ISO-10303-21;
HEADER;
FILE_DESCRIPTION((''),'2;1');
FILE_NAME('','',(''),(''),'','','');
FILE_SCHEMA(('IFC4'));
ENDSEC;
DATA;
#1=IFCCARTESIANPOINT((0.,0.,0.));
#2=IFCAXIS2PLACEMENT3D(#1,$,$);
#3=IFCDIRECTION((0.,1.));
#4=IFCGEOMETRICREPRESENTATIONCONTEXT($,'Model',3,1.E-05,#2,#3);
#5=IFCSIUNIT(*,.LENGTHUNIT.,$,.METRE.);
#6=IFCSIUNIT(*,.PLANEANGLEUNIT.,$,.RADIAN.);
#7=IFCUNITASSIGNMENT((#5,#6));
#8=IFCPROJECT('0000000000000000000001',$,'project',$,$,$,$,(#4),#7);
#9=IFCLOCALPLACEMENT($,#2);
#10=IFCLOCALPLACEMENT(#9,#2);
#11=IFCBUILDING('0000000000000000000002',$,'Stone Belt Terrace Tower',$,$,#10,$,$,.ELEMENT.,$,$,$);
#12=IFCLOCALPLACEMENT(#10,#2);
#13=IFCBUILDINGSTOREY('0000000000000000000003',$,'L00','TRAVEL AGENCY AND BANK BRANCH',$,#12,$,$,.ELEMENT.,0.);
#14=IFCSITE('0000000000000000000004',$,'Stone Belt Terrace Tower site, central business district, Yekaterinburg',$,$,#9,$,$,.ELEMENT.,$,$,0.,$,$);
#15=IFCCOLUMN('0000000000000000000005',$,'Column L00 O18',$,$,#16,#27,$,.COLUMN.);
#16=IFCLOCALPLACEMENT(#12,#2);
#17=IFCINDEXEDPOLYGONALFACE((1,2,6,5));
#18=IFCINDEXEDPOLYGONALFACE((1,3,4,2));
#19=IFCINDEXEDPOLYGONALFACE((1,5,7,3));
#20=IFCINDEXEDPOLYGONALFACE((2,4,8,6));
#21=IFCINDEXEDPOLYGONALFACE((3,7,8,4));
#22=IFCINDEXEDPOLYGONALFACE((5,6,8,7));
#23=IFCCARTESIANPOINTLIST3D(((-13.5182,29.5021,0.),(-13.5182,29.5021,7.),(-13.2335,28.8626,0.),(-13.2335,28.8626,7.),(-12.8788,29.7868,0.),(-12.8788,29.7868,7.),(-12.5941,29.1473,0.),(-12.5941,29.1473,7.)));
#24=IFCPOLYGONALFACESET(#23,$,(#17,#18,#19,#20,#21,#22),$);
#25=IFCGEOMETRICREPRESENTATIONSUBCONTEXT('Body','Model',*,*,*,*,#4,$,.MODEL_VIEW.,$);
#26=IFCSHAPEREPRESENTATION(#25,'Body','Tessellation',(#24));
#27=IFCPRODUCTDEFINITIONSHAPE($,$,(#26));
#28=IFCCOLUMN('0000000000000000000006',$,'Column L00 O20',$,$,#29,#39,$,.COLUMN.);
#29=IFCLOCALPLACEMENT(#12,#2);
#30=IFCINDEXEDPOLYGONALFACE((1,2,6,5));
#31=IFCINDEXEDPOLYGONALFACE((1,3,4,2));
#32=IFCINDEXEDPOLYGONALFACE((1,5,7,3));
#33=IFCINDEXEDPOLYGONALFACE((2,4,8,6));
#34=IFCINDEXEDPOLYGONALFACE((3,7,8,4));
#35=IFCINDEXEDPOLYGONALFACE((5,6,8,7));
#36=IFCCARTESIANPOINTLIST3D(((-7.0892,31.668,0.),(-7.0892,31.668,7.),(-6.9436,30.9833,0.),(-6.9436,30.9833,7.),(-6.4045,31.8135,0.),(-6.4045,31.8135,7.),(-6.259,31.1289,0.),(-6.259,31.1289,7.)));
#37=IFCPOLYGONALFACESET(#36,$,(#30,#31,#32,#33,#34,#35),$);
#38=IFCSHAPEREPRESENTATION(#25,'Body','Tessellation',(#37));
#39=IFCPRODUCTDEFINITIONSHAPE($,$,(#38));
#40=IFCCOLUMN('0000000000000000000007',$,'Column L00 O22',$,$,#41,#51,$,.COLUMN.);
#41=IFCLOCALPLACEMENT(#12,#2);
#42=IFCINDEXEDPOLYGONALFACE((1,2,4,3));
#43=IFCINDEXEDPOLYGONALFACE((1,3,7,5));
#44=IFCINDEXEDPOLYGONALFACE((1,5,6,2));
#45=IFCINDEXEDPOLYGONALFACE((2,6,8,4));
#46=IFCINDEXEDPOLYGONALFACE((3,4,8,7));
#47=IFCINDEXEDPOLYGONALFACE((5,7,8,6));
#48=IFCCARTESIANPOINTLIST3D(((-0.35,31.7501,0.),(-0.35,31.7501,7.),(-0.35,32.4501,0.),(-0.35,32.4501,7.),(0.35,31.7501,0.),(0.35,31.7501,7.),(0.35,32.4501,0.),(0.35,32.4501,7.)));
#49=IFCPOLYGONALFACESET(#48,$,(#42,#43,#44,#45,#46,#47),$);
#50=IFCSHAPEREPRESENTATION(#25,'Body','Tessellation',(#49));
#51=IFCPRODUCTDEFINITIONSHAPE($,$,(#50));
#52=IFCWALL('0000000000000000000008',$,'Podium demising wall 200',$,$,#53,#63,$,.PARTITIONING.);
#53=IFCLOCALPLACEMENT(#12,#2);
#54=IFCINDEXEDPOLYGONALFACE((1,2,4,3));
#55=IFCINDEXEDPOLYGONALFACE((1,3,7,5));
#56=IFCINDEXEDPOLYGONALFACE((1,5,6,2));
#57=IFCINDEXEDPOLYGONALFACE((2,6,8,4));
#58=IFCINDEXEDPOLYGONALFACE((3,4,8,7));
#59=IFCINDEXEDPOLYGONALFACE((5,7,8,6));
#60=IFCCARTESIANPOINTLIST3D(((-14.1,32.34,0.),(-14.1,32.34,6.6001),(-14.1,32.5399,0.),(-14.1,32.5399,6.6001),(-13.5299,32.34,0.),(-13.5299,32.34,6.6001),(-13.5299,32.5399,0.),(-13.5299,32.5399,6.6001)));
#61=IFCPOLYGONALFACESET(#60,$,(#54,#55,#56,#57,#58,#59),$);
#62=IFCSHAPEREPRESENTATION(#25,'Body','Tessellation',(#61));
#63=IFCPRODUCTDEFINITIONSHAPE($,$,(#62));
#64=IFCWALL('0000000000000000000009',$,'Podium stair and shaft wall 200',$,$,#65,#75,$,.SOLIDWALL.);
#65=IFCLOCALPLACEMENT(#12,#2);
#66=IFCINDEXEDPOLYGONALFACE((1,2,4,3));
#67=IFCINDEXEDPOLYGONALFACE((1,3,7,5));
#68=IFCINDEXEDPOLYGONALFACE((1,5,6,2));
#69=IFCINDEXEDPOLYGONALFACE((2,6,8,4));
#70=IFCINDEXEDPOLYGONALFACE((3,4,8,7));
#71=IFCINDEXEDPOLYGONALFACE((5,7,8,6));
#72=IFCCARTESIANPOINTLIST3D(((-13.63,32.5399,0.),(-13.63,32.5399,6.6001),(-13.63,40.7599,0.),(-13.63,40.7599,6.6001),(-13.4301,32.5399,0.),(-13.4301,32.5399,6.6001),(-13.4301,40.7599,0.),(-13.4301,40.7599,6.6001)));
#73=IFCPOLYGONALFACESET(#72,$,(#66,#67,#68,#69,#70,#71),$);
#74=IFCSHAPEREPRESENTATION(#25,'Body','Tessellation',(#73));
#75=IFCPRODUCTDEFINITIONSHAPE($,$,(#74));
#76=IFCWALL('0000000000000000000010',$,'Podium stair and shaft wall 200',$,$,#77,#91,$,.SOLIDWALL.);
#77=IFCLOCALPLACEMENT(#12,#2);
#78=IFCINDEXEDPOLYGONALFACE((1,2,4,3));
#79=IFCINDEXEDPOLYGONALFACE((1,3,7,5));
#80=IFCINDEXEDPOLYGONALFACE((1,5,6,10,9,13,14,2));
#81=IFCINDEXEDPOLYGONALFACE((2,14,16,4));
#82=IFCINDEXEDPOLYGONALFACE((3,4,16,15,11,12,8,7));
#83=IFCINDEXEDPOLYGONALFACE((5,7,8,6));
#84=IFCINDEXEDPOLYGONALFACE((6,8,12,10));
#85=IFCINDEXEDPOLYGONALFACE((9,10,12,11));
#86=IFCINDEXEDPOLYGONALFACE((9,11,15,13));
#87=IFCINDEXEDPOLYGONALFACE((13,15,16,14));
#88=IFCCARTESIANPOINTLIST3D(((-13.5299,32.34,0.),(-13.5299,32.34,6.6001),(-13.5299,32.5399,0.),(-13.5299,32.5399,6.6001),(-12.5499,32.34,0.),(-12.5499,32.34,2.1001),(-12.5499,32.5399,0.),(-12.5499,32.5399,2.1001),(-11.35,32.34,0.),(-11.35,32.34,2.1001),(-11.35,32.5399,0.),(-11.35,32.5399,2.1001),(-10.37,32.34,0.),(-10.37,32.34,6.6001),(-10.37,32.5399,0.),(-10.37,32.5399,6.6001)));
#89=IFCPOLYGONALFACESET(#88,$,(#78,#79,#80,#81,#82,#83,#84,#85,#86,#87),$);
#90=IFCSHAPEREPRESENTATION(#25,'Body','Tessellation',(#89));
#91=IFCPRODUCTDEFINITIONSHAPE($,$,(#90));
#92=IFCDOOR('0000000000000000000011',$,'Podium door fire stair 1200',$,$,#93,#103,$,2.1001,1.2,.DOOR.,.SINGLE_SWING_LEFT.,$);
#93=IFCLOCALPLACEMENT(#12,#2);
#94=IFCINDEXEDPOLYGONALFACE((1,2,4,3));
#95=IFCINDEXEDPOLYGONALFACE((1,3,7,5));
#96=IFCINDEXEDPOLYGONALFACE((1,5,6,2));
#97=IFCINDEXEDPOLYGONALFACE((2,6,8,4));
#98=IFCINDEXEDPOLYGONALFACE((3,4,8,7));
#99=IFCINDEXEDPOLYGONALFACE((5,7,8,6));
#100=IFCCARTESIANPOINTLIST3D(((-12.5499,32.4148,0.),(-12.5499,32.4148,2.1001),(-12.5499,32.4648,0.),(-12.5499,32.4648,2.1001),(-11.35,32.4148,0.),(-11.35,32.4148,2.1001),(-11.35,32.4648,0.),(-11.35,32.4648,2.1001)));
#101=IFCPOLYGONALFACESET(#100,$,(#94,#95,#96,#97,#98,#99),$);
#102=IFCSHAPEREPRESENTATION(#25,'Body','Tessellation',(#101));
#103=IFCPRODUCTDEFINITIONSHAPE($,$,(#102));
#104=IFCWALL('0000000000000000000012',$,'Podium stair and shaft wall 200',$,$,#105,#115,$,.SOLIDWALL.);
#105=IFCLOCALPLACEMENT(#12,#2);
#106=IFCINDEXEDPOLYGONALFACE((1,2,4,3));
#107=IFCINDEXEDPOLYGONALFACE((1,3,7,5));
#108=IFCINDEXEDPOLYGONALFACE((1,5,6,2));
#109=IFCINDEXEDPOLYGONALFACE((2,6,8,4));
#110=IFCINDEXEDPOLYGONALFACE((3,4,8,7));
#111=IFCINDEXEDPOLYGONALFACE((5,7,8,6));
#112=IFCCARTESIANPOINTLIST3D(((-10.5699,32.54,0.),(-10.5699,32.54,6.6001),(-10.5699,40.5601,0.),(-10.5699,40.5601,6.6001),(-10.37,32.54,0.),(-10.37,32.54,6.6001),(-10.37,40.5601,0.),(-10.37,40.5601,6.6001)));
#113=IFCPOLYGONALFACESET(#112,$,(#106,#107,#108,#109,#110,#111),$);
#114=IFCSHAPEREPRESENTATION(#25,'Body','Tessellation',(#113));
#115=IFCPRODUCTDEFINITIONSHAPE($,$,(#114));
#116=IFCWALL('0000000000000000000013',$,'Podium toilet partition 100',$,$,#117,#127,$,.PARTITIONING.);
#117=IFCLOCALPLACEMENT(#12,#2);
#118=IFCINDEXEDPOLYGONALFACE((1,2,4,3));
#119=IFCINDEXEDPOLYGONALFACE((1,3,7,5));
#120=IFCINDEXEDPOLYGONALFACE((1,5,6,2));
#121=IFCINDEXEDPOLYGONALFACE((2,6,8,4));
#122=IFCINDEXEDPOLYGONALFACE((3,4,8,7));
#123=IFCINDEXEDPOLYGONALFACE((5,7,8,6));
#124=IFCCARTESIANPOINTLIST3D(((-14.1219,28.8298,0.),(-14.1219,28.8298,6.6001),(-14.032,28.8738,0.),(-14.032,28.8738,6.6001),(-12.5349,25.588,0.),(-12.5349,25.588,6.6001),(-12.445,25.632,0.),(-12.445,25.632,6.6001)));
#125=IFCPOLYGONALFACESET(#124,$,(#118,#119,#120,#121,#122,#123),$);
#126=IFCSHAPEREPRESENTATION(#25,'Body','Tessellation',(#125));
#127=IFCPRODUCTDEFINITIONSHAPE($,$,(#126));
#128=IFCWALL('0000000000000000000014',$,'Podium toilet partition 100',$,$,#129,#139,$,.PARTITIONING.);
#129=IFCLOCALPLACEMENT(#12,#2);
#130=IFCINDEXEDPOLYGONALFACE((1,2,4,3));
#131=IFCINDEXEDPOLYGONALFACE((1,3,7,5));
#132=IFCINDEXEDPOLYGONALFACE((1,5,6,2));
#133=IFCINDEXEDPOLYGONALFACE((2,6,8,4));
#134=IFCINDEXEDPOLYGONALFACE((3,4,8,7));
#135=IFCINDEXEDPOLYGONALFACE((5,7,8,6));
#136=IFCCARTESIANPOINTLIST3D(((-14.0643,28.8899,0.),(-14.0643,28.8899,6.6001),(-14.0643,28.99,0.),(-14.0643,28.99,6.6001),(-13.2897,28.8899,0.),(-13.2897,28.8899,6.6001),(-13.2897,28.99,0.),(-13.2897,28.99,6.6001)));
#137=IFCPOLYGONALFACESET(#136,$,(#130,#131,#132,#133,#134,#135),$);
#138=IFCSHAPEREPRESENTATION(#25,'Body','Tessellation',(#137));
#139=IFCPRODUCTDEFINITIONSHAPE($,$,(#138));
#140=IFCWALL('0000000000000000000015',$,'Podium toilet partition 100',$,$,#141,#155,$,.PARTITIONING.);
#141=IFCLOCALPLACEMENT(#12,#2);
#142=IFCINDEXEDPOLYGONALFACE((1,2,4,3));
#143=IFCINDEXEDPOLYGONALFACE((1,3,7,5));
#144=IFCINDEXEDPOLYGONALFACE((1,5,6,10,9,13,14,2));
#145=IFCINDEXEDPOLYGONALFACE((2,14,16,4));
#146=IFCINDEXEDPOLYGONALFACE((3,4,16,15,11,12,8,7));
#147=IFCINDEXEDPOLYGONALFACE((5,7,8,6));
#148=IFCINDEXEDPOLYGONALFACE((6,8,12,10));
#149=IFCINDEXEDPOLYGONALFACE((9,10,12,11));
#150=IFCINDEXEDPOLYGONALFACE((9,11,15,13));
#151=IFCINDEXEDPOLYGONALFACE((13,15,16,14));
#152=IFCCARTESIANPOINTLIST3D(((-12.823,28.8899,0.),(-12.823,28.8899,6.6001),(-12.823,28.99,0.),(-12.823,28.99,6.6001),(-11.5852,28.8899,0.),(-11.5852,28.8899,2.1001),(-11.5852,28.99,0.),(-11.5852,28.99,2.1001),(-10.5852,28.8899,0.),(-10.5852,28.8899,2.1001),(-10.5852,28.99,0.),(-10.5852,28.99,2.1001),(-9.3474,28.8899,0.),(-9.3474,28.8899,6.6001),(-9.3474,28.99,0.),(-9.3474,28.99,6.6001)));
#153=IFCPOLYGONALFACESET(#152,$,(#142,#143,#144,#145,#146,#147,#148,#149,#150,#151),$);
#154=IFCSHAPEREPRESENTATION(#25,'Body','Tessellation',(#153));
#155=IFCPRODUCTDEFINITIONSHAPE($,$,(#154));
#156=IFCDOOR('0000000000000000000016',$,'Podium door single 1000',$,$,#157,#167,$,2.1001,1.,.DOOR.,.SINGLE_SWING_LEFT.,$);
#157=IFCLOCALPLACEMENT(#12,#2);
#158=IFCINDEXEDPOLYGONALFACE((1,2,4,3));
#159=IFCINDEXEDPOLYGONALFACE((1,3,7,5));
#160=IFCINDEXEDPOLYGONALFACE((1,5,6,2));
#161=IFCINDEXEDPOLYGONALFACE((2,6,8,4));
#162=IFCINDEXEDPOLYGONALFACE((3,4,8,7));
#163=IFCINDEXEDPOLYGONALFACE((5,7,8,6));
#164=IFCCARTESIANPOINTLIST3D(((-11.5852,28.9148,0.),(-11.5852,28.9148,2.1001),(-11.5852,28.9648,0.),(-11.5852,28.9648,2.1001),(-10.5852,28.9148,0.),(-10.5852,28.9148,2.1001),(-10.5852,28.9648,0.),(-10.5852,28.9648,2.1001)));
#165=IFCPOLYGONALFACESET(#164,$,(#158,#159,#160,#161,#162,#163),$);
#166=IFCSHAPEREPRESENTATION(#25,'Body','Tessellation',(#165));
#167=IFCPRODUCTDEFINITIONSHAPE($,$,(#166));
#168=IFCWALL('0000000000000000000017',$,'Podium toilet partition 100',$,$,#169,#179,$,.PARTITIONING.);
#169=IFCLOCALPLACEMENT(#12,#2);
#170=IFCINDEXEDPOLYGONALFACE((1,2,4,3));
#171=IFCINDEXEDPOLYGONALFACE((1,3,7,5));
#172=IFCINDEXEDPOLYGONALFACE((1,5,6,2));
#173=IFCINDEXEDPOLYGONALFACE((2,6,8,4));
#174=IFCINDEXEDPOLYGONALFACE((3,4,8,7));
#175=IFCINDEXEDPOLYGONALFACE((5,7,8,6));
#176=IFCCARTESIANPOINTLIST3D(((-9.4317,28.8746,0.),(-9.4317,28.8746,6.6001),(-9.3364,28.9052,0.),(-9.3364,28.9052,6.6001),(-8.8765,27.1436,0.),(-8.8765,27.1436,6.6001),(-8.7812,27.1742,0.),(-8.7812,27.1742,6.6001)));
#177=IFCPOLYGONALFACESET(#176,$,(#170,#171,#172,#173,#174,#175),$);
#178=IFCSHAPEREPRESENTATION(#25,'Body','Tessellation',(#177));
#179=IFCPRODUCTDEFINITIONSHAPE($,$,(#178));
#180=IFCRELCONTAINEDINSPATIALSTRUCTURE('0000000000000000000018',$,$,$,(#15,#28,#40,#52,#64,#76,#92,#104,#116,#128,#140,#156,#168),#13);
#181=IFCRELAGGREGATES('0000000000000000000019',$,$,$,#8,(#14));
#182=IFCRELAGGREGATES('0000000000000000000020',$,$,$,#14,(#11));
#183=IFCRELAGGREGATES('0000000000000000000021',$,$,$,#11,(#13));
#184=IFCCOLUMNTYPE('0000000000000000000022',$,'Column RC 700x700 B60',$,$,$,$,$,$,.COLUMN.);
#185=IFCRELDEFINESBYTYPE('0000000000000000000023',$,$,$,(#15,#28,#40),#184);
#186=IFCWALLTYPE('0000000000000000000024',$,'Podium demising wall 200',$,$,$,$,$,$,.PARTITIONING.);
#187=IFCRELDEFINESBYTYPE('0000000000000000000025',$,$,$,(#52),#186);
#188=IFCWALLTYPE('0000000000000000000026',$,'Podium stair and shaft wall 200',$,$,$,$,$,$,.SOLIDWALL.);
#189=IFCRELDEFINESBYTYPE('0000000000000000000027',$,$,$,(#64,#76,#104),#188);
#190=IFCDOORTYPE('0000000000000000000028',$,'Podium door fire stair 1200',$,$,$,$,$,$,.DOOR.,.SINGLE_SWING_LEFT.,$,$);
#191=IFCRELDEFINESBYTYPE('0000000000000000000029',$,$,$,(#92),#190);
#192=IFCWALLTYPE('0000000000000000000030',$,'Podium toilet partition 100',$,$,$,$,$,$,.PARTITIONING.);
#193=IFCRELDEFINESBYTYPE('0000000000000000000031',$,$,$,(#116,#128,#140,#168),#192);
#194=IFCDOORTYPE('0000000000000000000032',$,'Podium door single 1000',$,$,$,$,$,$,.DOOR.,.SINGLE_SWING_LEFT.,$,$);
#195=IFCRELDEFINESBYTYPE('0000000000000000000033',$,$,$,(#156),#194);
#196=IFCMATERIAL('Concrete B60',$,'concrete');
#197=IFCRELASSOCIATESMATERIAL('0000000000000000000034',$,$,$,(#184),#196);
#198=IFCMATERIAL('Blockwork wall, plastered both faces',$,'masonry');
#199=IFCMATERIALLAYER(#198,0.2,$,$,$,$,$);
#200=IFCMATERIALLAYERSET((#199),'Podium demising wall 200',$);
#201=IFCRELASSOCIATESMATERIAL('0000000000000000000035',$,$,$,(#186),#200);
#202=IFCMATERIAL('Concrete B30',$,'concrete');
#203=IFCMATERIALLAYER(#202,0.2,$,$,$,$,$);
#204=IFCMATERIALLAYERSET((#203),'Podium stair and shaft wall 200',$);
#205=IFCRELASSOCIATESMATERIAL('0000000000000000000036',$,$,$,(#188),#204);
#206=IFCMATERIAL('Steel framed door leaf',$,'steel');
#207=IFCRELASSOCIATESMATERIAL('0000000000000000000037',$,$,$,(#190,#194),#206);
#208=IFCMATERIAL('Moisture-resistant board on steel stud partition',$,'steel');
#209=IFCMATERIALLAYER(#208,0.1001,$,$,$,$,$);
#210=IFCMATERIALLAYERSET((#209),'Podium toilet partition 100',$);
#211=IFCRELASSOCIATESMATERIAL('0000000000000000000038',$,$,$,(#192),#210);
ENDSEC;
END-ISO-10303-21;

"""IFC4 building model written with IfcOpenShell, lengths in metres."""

from ifc_helpers import new_model, si_unit, direction, frame, frame_2d, origin, origin_2d, place, context, subcontext, project, spatial, rectangle, extrude, material, layer, layer_set, material_profile, profile_set, type_object, element, fill, save


model = new_model("IFC4")

# Units and contexts
model_context = context("Model", 3, precision=1e-05, world=origin(), true_north=direction((0.0, 1.0)))
body_context = subcontext(model_context, "Body", "Model", "MODEL_VIEW")
ifc_project = project(units=[si_unit("LENGTHUNIT", "METRE"), si_unit("PLANEANGLEUNIT", "RADIAN")], contexts=[model_context])

# Site, building, storey
site_placement = place(None, origin())
site = spatial("IfcSite", under=ifc_project, at=site_placement, Name="Stone Belt Terrace Tower site, central business district, Yekaterinburg", CompositionType="ELEMENT", RefElevation=0.0)
building_placement = place(site_placement, origin())
building = spatial("IfcBuilding", under=site, at=building_placement, Name="Stone Belt Terrace Tower", CompositionType="ELEMENT")
storey_placement = place(building_placement, origin())
storey = spatial("IfcBuildingStorey", under=building, at=storey_placement, Name="L00", Description="TRAVEL AGENCY AND BANK BRANCH", CompositionType="ELEMENT", Elevation=0.0)

# Columns
ifc_material_1 = material(Name="Concrete B60", Category="concrete")
ifc_material_profile = material_profile(ifc_material_1, rectangle(XDim=0.7, YDim=0.7, at=origin_2d()), Name="RC 700x700")
ifc_profile_set = profile_set([ifc_material_profile], Name="Concrete B60")
column_type = type_object("IfcColumnType", Name="Column RC 700x700 B60", PredefinedType="COLUMN", material=ifc_profile_set)
for number, where, z_axis, x_axis, name in (
    (1, (-13.0562, 29.3247, 0.0), (0.0, 0.0, 1.0), (0.913545, 0.406737, 0.0), "Column L00 O18"),
    (2, (-6.6741, 31.3984, 0.0), (0.0, 0.0, 1.0), (0.978148, 0.207912, 0.0), "Column L00 O20"),
    (3, (0.0, 32.1001, 0.0), (0.0, 0.0, 1.0), (1.0, 0.0, 0.0), "Column L00 O22"),
):
    element("IfcColumn", number, at=place(storey_placement, frame(where, z_axis=z_axis, x_axis=x_axis)), inside=storey, type_object=column_type, Name=name, PredefinedType="COLUMN", context=body_context, shape_type="SweptSolid", body=[
        extrude(rectangle(XDim=0.7, YDim=0.7, at=origin_2d()), origin(), (0.0, 0.0, 1.0), 7.0),
    ])

# Walls
ifc_material_2 = material(Name="Blockwork wall, plastered both faces", Category="masonry")
ifc_layer_1 = layer(ifc_material_2, 0.2)
ifc_layer_set_1 = layer_set([ifc_layer_1], Name="Podium demising wall 200")
wall_type_1 = type_object("IfcWallType", Name="Podium demising wall 200", PredefinedType="PARTITIONING", material=ifc_layer_set_1)
wall_1_placement = place(storey_placement, frame((-14.1001, 32.4399, 0.0), z_axis=(0.0, 0.0, 1.0), x_axis=(1.0, 0.0, 0.0)))
element("IfcWall", 4, at=wall_1_placement, inside=storey, type_object=wall_type_1, Name="Podium demising wall 200", PredefinedType="PARTITIONING", context=body_context, shape_type="SweptSolid", body=[
    extrude(rectangle(XDim=0.5701, YDim=0.2, at=frame_2d((0.2852, 0.0))), origin(), (0.0, 0.0, 1.0), 6.6001),
])
ifc_material_3 = material(Name="Concrete B30", Category="concrete")
ifc_layer_2 = layer(ifc_material_3, 0.2)
ifc_layer_set_2 = layer_set([ifc_layer_2], Name="Podium stair and shaft wall 200")
wall_type_2 = type_object("IfcWallType", Name="Podium stair and shaft wall 200", PredefinedType="SOLIDWALL", material=ifc_layer_set_2)
wall_2_placement = place(storey_placement, frame((-13.53, 32.54, 0.0), z_axis=(0.0, 0.0, 1.0), x_axis=(0.0, 1.0, 0.0)))
element("IfcWall", 5, at=wall_2_placement, inside=storey, type_object=wall_type_2, Name="Podium stair and shaft wall 200", PredefinedType="SOLIDWALL", context=body_context, shape_type="SweptSolid", body=[
    extrude(rectangle(XDim=8.22, YDim=0.2, at=frame_2d((4.1099, 0.0))), origin(), (0.0, 0.0, 1.0), 6.6001),
])

# Wall, opening, door
wall_3_placement = place(storey_placement, frame((-13.53, 32.4399, 0.0), z_axis=(0.0, 0.0, 1.0), x_axis=(1.0, 0.0, 0.0)))
wall_3 = element("IfcWall", 6, at=wall_3_placement, inside=storey, type_object=wall_type_2, Name="Podium stair and shaft wall 200", PredefinedType="SOLIDWALL", context=body_context, shape_type="SweptSolid", body=[
    extrude(rectangle(XDim=3.1599, YDim=0.2, at=frame_2d((1.5801, 0.0))), origin(), (0.0, 0.0, 1.0), 6.6001),
])
opening_1_placement = place(wall_3_placement, frame((0.98, 0.0, 0.0)))
opening_1 = element("IfcOpeningElement", 7, at=opening_1_placement, cuts=wall_3, PredefinedType="OPENING", context=body_context, shape_type="SweptSolid", body=[
    extrude(rectangle(XDim=1.2, YDim=2.1001, at=frame_2d((0.6001, 1.05))), frame((0.0, 0.1099, 0.0), z_axis=(0.0, -1.0, 0.0), x_axis=(1.0, 0.0, 0.0)), (0.0, 0.0, 1.0), 0.22),
])
ifc_material_4 = material(Name="Steel framed door leaf", Category="steel")
door_type_1 = type_object("IfcDoorType", Name="Podium door fire stair 1200", OperationType="SINGLE_SWING_LEFT", PredefinedType="DOOR", material=ifc_material_4)
door_1_placement = place(opening_1_placement, origin())
door_1 = element("IfcDoor", 8, at=door_1_placement, inside=storey, type_object=door_type_1, Name="Podium door fire stair 1200", OperationType="SINGLE_SWING_LEFT", OverallHeight=2.1001, OverallWidth=1.2, PredefinedType="DOOR", context=body_context, shape_type="SweptSolid", body=[
    extrude(rectangle(XDim=1.2, YDim=2.1001, at=frame_2d((0.6001, 1.05))), frame((0.0, 0.0249, 0.0), z_axis=(0.0, -1.0, 0.0), x_axis=(1.0, 0.0, 0.0)), (0.0, 0.0, 1.0), 0.05),
])
fill(opening_1, door_1)

# Walls
wall_4_placement = place(storey_placement, frame((-10.47, 32.54, 0.0), z_axis=(0.0, 0.0, 1.0), x_axis=(0.0, 1.0, 0.0)))
element("IfcWall", 9, at=wall_4_placement, inside=storey, type_object=wall_type_2, Name="Podium stair and shaft wall 200", PredefinedType="SOLIDWALL", context=body_context, shape_type="SweptSolid", body=[
    extrude(rectangle(XDim=8.02, YDim=0.2, at=frame_2d((4.01, 0.0))), origin(), (0.0, 0.0, 1.0), 6.6001),
])
ifc_material_5 = material(Name="Moisture-resistant board on steel stud partition", Category="steel")
ifc_layer_3 = layer(ifc_material_5, 0.1001)
ifc_layer_set_3 = layer_set([ifc_layer_3], Name="Podium toilet partition 100")
wall_type_3 = type_object("IfcWallType", Name="Podium toilet partition 100", PredefinedType="PARTITIONING", material=ifc_layer_set_3)
wall_5_placement = place(storey_placement, frame((-14.0769, 28.8518, 0.0), z_axis=(0.0, 0.0, 1.0), x_axis=(0.439676, -0.898156, 0.0)))
element("IfcWall", 10, at=wall_5_placement, inside=storey, type_object=wall_type_3, Name="Podium toilet partition 100", PredefinedType="PARTITIONING", context=body_context, shape_type="SweptSolid", body=[
    extrude(rectangle(XDim=3.6094, YDim=0.1001, at=frame_2d((1.8047, 0.0))), origin(), (0.0, 0.0, 1.0), 6.6001),
])
wall_6_placement = place(storey_placement, frame((-14.0642, 28.9399, 0.0), z_axis=(0.0, 0.0, 1.0), x_axis=(1.0, 0.0, 0.0)))
element("IfcWall", 11, at=wall_6_placement, inside=storey, type_object=wall_type_3, Name="Podium toilet partition 100", PredefinedType="PARTITIONING", context=body_context, shape_type="SweptSolid", body=[
    extrude(rectangle(XDim=0.7747, YDim=0.1001, at=frame_2d((0.3872, 0.0))), origin(), (0.0, 0.0, 1.0), 6.6001),
])

# Wall, opening, door
wall_7_placement = place(storey_placement, frame((-12.823, 28.9399, 0.0), z_axis=(0.0, 0.0, 1.0), x_axis=(1.0, 0.0, 0.0)))
wall_7 = element("IfcWall", 12, at=wall_7_placement, inside=storey, type_object=wall_type_3, Name="Podium toilet partition 100", PredefinedType="PARTITIONING", context=body_context, shape_type="SweptSolid", body=[
    extrude(rectangle(XDim=3.4756, YDim=0.1001, at=frame_2d((1.7378, 0.0))), origin(), (0.0, 0.0, 1.0), 6.6001),
])
opening_2_placement = place(wall_7_placement, frame((1.2378, 0.0, 0.0)))
opening_2 = element("IfcOpeningElement", 13, at=opening_2_placement, cuts=wall_7, PredefinedType="OPENING", context=body_context, shape_type="SweptSolid", body=[
    extrude(rectangle(XDim=1.0, YDim=2.1001, at=frame_2d((0.5, 1.05))), frame((0.0, 0.0601, 0.0), z_axis=(0.0, -1.0, 0.0), x_axis=(1.0, 0.0, 0.0)), (0.0, 0.0, 1.0), 0.1201),
])
door_type_2 = type_object("IfcDoorType", Name="Podium door single 1000", OperationType="SINGLE_SWING_LEFT", PredefinedType="DOOR", material=ifc_material_4)
door_2_placement = place(opening_2_placement, origin())
door_2 = element("IfcDoor", 14, at=door_2_placement, inside=storey, type_object=door_type_2, Name="Podium door single 1000", OperationType="SINGLE_SWING_LEFT", OverallHeight=2.1001, OverallWidth=1.0, PredefinedType="DOOR", context=body_context, shape_type="SweptSolid", body=[
    extrude(rectangle(XDim=1.0, YDim=2.1001, at=frame_2d((0.5, 1.05))), frame((0.0, 0.0249, 0.0), z_axis=(0.0, -1.0, 0.0), x_axis=(1.0, 0.0, 0.0)), (0.0, 0.0, 1.0), 0.05),
])
fill(opening_2, door_2)

# Wall
wall_8_placement = place(storey_placement, frame((-9.384, 28.8899, 0.0), z_axis=(0.0, 0.0, 1.0), x_axis=(0.305409, -0.952221, 0.0)))
element("IfcWall", 15, at=wall_8_placement, inside=storey, type_object=wall_type_3, Name="Podium toilet partition 100", PredefinedType="PARTITIONING", context=body_context, shape_type="SweptSolid", body=[
    extrude(rectangle(XDim=1.8179, YDim=0.1001, at=frame_2d((0.9089, 0.0))), origin(), (0.0, 0.0, 1.0), 6.6001),
])

save(model, "model.ifc")
